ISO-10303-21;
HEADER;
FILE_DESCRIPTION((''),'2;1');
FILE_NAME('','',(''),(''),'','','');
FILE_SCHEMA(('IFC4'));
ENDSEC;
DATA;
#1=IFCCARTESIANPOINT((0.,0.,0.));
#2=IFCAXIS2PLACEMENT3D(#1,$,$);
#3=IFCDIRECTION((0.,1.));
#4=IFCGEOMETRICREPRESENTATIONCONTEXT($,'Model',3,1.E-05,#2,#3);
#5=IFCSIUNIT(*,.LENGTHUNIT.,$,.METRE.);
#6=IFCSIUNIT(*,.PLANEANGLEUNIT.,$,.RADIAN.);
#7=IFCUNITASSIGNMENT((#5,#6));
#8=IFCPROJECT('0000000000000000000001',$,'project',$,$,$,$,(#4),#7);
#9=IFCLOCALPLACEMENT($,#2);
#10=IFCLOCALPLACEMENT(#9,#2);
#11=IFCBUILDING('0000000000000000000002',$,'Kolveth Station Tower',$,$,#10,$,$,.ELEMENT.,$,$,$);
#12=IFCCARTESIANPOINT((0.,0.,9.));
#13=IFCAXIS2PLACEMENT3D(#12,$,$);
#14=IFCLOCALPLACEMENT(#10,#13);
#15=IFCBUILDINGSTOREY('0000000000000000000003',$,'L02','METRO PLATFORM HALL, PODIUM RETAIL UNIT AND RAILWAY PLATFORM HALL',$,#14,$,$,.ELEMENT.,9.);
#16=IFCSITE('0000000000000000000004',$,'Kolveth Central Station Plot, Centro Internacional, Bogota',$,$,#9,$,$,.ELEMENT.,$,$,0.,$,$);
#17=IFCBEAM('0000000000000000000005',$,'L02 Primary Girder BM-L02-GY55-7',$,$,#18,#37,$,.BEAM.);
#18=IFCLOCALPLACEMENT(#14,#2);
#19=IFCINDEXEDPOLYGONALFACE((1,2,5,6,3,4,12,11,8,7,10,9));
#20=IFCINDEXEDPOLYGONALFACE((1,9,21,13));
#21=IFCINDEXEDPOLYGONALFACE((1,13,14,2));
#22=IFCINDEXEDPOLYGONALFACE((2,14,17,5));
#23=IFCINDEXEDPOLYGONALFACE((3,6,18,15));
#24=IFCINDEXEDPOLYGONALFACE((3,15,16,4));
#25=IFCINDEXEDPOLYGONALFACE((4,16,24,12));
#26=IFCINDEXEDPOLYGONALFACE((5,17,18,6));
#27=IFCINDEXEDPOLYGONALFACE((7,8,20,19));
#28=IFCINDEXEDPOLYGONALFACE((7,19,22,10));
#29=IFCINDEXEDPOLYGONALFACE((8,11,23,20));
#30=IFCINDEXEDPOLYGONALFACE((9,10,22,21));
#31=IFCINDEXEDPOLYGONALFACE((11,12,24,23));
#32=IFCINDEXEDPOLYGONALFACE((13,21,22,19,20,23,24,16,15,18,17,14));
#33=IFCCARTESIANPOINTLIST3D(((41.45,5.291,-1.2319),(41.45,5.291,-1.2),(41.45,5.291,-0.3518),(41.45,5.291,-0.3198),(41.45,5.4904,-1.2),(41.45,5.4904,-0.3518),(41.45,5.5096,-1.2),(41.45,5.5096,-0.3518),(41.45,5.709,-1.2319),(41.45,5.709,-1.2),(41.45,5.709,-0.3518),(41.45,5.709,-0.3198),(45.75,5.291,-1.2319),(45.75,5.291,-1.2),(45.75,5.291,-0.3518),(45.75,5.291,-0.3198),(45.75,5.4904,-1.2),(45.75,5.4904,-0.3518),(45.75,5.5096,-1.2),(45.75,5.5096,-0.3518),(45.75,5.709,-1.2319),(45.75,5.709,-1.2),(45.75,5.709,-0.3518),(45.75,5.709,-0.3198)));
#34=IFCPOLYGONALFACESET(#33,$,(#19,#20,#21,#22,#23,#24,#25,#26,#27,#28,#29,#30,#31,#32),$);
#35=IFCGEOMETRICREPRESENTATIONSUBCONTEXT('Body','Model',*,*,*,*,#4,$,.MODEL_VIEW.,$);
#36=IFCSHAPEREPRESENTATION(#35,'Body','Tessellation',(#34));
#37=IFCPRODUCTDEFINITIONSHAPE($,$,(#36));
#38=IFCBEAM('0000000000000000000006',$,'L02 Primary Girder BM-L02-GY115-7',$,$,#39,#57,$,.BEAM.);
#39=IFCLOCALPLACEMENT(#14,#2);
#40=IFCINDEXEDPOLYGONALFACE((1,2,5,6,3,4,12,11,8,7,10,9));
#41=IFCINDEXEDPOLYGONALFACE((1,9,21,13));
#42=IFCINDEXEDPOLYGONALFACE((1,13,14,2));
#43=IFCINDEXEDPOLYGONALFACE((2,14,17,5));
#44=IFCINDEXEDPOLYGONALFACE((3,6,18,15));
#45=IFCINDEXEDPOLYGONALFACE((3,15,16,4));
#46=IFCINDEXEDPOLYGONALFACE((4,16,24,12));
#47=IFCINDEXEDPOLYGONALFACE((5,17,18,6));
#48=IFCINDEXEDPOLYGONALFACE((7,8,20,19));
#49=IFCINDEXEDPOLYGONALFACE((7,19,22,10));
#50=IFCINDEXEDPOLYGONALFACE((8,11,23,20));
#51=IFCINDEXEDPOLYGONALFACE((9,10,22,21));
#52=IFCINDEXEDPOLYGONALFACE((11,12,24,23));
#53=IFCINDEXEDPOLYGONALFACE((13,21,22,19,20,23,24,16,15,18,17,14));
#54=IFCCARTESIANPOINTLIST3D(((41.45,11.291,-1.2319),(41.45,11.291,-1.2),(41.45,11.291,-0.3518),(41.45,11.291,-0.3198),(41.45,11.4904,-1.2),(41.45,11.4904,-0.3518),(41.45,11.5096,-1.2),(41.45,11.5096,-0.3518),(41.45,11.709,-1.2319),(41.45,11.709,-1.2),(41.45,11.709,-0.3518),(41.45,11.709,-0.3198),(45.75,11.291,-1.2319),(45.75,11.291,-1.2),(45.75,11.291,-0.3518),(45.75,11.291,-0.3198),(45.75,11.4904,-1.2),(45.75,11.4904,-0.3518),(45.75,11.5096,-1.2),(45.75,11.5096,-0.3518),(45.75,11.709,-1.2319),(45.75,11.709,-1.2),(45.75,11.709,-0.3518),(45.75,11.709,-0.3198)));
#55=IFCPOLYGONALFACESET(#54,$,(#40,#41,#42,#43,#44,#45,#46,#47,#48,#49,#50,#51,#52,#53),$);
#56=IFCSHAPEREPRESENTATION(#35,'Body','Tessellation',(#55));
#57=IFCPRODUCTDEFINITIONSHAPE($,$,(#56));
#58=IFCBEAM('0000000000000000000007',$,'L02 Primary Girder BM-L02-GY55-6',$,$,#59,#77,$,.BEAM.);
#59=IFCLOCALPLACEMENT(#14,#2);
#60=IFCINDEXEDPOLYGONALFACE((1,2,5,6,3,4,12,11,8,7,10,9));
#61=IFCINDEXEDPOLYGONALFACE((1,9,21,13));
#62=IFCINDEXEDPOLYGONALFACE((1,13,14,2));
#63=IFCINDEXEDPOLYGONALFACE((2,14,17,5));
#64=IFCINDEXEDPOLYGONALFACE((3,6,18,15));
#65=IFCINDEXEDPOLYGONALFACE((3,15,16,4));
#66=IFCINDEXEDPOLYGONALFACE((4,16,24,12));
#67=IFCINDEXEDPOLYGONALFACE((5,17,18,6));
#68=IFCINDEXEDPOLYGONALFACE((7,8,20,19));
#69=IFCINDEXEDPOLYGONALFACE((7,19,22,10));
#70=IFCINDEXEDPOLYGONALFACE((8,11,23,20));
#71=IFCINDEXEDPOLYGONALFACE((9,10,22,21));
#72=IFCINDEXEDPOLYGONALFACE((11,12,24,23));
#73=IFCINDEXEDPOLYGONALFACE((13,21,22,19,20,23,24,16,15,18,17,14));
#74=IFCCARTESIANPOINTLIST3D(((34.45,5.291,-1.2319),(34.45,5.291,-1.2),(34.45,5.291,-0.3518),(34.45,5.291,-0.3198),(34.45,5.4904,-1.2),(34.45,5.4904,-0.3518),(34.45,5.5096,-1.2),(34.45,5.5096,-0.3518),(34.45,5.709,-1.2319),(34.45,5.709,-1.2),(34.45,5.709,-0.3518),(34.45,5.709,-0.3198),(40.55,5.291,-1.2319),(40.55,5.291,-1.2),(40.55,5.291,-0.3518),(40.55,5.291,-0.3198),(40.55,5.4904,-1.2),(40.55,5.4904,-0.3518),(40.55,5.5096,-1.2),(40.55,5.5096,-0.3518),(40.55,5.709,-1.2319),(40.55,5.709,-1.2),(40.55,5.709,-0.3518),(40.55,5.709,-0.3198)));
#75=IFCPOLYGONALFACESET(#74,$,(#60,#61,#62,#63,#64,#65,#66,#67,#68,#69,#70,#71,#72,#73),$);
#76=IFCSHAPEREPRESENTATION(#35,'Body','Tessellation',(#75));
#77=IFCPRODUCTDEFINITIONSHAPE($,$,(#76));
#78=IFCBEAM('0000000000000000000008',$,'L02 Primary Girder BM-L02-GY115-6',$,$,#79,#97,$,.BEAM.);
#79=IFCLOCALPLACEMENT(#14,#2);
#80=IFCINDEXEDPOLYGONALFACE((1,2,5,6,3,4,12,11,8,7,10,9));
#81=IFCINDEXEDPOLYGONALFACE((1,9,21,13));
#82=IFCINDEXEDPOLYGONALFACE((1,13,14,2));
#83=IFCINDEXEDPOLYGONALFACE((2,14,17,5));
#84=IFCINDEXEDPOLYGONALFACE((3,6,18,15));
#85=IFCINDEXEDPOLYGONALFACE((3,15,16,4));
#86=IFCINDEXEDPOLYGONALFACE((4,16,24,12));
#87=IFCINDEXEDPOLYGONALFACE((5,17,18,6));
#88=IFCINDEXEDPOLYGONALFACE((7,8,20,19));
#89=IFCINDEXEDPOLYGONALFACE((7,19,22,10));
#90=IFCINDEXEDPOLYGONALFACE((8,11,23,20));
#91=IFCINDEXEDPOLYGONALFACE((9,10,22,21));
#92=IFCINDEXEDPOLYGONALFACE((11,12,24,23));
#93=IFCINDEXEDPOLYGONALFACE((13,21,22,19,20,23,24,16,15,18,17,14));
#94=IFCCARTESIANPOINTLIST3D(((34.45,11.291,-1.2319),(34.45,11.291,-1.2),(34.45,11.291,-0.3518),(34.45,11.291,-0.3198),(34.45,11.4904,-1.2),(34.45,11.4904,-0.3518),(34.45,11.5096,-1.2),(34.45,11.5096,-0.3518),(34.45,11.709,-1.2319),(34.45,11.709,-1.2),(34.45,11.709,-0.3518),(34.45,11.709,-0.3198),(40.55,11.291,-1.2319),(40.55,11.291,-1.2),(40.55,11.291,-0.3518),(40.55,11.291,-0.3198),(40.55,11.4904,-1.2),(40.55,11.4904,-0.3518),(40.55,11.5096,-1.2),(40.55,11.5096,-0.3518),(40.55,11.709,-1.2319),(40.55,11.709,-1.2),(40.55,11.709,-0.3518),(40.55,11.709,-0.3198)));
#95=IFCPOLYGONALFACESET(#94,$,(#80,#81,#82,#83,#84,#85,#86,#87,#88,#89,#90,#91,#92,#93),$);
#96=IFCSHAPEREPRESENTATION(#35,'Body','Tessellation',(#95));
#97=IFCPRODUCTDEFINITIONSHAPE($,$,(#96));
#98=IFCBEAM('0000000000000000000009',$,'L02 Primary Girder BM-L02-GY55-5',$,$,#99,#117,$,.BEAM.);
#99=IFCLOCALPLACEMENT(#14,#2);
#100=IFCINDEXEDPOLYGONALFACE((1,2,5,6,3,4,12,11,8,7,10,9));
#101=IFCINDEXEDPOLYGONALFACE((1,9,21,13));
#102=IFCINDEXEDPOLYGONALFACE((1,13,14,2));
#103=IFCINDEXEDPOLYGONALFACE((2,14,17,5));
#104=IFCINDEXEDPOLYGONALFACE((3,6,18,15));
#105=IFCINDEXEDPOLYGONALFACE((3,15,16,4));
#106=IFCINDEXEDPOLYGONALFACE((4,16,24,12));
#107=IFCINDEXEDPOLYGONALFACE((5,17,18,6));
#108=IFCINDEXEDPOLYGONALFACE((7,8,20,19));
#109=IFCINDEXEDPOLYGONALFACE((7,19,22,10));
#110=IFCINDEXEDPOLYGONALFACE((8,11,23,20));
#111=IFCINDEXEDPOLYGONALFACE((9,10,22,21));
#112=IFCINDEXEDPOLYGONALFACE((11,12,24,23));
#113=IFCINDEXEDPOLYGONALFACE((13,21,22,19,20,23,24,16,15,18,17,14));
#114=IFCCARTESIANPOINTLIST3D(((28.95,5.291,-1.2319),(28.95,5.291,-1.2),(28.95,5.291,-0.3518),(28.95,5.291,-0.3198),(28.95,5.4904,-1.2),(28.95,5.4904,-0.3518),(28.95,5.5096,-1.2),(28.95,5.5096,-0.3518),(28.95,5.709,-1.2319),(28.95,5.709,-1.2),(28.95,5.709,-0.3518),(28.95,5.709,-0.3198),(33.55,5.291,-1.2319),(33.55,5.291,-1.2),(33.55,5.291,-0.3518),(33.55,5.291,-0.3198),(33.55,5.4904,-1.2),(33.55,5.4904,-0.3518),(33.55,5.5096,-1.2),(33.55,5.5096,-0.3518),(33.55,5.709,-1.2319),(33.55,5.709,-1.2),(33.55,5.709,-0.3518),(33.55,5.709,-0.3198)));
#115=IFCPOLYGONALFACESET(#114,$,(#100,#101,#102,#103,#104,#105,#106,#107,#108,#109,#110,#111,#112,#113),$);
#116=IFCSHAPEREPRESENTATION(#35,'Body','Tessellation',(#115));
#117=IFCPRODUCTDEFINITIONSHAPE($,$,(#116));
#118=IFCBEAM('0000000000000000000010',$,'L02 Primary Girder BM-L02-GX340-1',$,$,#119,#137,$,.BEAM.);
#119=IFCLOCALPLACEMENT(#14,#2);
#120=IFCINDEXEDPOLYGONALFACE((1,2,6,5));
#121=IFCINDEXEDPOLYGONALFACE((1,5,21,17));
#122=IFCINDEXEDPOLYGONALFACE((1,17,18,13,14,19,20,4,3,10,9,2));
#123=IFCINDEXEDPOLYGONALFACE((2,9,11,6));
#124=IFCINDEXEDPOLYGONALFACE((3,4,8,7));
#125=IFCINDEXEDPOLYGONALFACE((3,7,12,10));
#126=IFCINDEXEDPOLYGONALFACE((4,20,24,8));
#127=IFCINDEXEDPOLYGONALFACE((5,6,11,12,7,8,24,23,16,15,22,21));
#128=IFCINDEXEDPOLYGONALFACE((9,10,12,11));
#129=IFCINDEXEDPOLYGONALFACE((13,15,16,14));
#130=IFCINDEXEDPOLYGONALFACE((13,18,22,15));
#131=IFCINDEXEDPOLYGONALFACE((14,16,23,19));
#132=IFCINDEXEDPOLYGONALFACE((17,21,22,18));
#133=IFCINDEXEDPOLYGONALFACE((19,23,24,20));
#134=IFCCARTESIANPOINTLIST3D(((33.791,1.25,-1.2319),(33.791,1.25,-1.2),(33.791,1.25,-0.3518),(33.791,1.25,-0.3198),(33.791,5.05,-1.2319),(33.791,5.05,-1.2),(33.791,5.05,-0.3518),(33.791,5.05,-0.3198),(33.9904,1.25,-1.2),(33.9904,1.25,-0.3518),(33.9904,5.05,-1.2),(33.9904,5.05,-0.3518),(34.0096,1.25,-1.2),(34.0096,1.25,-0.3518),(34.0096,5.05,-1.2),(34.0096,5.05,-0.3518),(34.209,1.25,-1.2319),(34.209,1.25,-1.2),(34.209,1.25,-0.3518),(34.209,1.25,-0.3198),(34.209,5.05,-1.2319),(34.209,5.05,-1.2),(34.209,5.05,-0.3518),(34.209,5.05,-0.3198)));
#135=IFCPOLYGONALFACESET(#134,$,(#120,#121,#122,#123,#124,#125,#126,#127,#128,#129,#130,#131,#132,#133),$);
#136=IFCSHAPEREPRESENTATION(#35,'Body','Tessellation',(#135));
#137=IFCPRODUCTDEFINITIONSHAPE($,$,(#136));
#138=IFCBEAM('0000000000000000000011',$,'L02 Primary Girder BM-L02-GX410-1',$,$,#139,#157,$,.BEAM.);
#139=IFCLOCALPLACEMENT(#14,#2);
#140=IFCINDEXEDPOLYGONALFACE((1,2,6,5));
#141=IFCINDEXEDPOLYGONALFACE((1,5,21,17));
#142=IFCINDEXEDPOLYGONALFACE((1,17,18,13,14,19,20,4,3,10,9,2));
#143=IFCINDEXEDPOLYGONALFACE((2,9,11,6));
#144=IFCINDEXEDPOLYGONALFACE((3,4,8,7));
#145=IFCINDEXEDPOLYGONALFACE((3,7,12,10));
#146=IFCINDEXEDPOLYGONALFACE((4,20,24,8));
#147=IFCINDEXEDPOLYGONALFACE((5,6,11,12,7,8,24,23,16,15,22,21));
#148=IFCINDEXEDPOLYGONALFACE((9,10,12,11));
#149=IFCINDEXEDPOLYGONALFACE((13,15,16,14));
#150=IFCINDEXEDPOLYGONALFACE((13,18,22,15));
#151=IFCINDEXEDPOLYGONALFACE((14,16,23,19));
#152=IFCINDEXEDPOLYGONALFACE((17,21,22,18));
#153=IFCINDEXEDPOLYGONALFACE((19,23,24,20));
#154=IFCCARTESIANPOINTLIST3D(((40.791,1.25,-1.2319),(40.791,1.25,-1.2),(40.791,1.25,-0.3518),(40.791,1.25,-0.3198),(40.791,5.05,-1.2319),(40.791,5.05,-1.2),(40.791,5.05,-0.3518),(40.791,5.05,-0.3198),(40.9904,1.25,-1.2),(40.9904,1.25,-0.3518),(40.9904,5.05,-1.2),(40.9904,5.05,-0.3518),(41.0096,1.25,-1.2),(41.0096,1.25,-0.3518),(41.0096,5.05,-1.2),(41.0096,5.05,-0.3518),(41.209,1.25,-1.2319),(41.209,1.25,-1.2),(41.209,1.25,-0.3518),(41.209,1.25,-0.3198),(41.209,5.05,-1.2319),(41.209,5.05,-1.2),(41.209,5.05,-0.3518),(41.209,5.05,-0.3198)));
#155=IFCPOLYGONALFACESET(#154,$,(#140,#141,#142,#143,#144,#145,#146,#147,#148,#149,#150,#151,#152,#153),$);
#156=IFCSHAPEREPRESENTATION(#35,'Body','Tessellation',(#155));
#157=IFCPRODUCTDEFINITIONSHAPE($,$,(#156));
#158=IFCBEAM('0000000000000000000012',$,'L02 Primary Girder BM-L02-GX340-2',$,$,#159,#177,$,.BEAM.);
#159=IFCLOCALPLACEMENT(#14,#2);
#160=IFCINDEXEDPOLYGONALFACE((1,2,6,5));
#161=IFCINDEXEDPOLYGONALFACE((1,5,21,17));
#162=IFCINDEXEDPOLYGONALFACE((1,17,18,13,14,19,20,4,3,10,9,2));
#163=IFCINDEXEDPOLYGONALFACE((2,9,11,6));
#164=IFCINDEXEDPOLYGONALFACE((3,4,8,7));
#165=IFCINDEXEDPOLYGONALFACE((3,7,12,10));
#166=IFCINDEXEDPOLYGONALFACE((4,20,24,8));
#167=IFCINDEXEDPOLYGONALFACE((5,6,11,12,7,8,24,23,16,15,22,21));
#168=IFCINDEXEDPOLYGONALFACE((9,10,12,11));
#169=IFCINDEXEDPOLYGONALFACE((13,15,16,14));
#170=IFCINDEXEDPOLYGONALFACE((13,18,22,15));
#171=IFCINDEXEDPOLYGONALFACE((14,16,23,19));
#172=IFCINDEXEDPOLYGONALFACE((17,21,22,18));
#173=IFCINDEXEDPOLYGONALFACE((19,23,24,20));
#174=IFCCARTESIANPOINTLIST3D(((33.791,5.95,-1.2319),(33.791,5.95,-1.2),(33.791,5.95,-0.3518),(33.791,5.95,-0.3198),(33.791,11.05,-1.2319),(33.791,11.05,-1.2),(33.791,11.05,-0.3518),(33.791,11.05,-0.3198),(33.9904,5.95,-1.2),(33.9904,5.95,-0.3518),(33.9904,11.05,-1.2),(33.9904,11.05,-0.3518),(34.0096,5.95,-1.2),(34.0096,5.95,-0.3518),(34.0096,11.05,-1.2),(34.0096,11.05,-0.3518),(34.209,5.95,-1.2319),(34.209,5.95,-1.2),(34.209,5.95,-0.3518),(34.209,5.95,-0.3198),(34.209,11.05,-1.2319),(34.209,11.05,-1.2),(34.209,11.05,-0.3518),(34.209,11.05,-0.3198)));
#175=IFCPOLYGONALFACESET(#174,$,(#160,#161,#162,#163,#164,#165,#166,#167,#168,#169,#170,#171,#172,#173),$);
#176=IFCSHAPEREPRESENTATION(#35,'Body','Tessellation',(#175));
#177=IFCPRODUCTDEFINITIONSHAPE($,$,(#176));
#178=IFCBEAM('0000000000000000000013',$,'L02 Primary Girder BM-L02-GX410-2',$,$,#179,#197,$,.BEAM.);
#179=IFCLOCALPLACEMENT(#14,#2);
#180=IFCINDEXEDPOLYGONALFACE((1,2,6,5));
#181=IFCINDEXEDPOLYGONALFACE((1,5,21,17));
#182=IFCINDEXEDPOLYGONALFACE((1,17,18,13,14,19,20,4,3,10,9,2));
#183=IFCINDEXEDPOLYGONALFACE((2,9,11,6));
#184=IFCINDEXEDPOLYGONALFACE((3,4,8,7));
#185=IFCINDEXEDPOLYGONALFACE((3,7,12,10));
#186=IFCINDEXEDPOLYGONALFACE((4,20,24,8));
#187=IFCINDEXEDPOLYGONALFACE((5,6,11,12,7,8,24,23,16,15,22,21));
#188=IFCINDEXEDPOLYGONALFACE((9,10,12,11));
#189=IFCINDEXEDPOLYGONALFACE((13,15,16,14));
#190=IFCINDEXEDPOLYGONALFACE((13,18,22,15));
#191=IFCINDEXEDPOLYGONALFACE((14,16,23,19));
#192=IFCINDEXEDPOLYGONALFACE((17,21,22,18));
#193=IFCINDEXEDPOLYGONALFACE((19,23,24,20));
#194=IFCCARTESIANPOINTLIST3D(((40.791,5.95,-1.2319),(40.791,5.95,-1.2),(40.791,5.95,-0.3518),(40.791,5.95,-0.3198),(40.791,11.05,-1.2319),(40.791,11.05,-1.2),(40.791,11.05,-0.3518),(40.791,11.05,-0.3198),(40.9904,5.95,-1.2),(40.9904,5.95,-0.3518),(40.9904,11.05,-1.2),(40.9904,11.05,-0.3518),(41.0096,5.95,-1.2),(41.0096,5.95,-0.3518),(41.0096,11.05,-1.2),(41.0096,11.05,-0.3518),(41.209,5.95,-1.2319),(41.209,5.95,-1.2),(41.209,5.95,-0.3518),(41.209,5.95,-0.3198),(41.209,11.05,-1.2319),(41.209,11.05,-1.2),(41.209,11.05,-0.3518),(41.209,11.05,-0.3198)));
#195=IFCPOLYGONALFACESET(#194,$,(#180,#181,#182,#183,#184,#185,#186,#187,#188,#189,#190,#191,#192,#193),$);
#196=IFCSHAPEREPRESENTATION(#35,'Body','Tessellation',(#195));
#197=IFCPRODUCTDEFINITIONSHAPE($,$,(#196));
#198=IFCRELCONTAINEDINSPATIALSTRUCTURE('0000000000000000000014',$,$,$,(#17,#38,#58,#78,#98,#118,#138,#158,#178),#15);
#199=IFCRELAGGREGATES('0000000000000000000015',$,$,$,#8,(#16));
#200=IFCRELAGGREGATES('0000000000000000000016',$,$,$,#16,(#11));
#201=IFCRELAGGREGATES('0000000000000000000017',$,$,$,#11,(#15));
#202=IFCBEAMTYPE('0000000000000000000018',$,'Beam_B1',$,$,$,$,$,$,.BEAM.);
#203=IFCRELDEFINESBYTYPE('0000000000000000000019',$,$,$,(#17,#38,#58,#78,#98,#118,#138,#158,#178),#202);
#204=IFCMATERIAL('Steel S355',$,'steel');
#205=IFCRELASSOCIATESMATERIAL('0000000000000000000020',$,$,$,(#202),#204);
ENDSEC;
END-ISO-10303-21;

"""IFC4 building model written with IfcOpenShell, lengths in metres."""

from ifc_helpers import new_model, si_unit, direction, frame, origin, origin_2d, place, context, subcontext, project, spatial, i_section, extrude, source, transform, mapped, material, material_profile, profile_set, type_object, element, save


model = new_model("IFC4")

# Units and contexts
model_context = context("Model", 3, precision=1e-05, world=origin(), true_north=direction((0.0, 1.0)))
body_context = subcontext(model_context, "Body", "Model", "MODEL_VIEW")
ifc_project = project(units=[si_unit("LENGTHUNIT", "METRE"), si_unit("PLANEANGLEUNIT", "RADIAN")], contexts=[model_context])

# Site, building, storey
site_placement = place(None, origin())
site = spatial("IfcSite", under=ifc_project, at=site_placement, Name="Kolveth Central Station Plot, Centro Internacional, Bogota", CompositionType="ELEMENT", RefElevation=0.0)
building_placement = place(site_placement, origin())
building = spatial("IfcBuilding", under=site, at=building_placement, Name="Kolveth Station Tower", CompositionType="ELEMENT")
storey_placement = place(building_placement, frame((0.0, 0.0, 9.0)))
storey = spatial("IfcBuildingStorey", under=building, at=storey_placement, Name="L02", Description="METRO PLATFORM HALL, PODIUM RETAIL UNIT AND RAILWAY PLATFORM HALL", CompositionType="ELEMENT", Elevation=9.0)

# Beams
ifc_material_1 = material(Name="Steel S355", Category="steel")
ifc_material_profile_1 = material_profile(ifc_material_1, i_section(OverallWidth=0.418, OverallDepth=0.9121, WebThickness=0.0193, FlangeThickness=0.032, at=origin_2d()), Name="W920x342")
ifc_profile_set_1 = profile_set([ifc_material_profile_1], Name="Steel S355")
beam_type_1 = type_object("IfcBeamType", Name="Beam_B1", PredefinedType="BEAM", material=ifc_profile_set_1)
shared_shape_1 = source(origin(), body_context, "Body", "SweptSolid", [
    extrude(i_section(OverallWidth=0.418, OverallDepth=0.9121, WebThickness=0.0193, FlangeThickness=0.032, at=origin_2d()), origin(), (0.0, 0.0, 1.0), 4.3),
])
for number, where, z_axis, x_axis, name in (
    (1, (41.45, 5.5, -0.7759), (1.0, 0.0, 0.0), (0.0, 1.0, 0.0), "L02 Primary Girder BM-L02-GY55-7"),
    (2, (41.45, 11.5, -0.7759), (1.0, 0.0, 0.0), (0.0, 1.0, 0.0), "L02 Primary Girder BM-L02-GY115-7"),
):
    element("IfcBeam", number, at=place(storey_placement, frame(where, z_axis=z_axis, x_axis=x_axis)), inside=storey, type_object=beam_type_1, Name=name, PredefinedType="BEAM", context=body_context, shape_type="MappedRepresentation", body=[
        mapped(shared_shape_1, transform((0.0, 0.0, 0.0), x_axis=(1.0, 0.0, 0.0), y_axis=(0.0, 1.0, 0.0), z_axis=(0.0, 0.0, 1.0), scale=1.0)),
    ])
shared_shape_2 = source(origin(), body_context, "Body", "SweptSolid", [
    extrude(i_section(OverallWidth=0.418, OverallDepth=0.9121, WebThickness=0.0193, FlangeThickness=0.032, at=origin_2d()), origin(), (0.0, 0.0, 1.0), 6.1001),
])
for number, where, z_axis, x_axis, name in (
    (3, (34.45, 5.5, -0.7759), (1.0, 0.0, 0.0), (0.0, 1.0, 0.0), "L02 Primary Girder BM-L02-GY55-6"),
    (4, (34.45, 11.5, -0.7759), (1.0, 0.0, 0.0), (0.0, 1.0, 0.0), "L02 Primary Girder BM-L02-GY115-6"),
):
    element("IfcBeam", number, at=place(storey_placement, frame(where, z_axis=z_axis, x_axis=x_axis)), inside=storey, type_object=beam_type_1, Name=name, PredefinedType="BEAM", context=body_context, shape_type="MappedRepresentation", body=[
        mapped(shared_shape_2, transform((0.0, 0.0, 0.0), x_axis=(1.0, 0.0, 0.0), y_axis=(0.0, 1.0, 0.0), z_axis=(0.0, 0.0, 1.0), scale=1.0)),
    ])
shared_shape_3 = source(origin(), body_context, "Body", "SweptSolid", [
    extrude(i_section(OverallWidth=0.418, OverallDepth=0.9121, WebThickness=0.0193, FlangeThickness=0.032, at=origin_2d()), origin(), (0.0, 0.0, 1.0), 4.6001),
])
beam_1_placement = place(storey_placement, frame((28.95, 5.5, -0.7759), z_axis=(1.0, 0.0, 0.0), x_axis=(0.0, 1.0, 0.0)))
element("IfcBeam", 5, at=beam_1_placement, inside=storey, type_object=beam_type_1, Name="L02 Primary Girder BM-L02-GY55-5", PredefinedType="BEAM", context=body_context, shape_type="MappedRepresentation", body=[
    mapped(shared_shape_3, transform((0.0, 0.0, 0.0), x_axis=(1.0, 0.0, 0.0), y_axis=(0.0, 1.0, 0.0), z_axis=(0.0, 0.0, 1.0), scale=1.0)),
])
shared_shape_4 = source(origin(), body_context, "Body", "SweptSolid", [
    extrude(i_section(OverallWidth=0.418, OverallDepth=0.9121, WebThickness=0.0193, FlangeThickness=0.032, at=origin_2d()), origin(), (0.0, 0.0, 1.0), 3.8),
])
for number, where, z_axis, x_axis, name in (
    (6, (34.0, 1.25, -0.7759), (0.0, 1.0, 0.0), (-1.0, 0.0, 0.0), "L02 Primary Girder BM-L02-GX340-1"),
    (7, (41.0, 1.25, -0.7759), (0.0, 1.0, 0.0), (-1.0, 0.0, 0.0), "L02 Primary Girder BM-L02-GX410-1"),
):
    element("IfcBeam", number, at=place(storey_placement, frame(where, z_axis=z_axis, x_axis=x_axis)), inside=storey, type_object=beam_type_1, Name=name, PredefinedType="BEAM", context=body_context, shape_type="MappedRepresentation", body=[
        mapped(shared_shape_4, transform((0.0, 0.0, 0.0), x_axis=(1.0, 0.0, 0.0), y_axis=(0.0, 1.0, 0.0), z_axis=(0.0, 0.0, 1.0), scale=1.0)),
    ])
shared_shape_5 = source(origin(), body_context, "Body", "SweptSolid", [
    extrude(i_section(OverallWidth=0.418, OverallDepth=0.9121, WebThickness=0.0193, FlangeThickness=0.032, at=origin_2d()), origin(), (0.0, 0.0, 1.0), 5.1001),
])
for number, where, z_axis, x_axis, name in (
    (8, (34.0, 5.95, -0.7759), (0.0, 1.0, 0.0), (-1.0, 0.0, 0.0), "L02 Primary Girder BM-L02-GX340-2"),
    (9, (41.0, 5.95, -0.7759), (0.0, 1.0, 0.0), (-1.0, 0.0, 0.0), "L02 Primary Girder BM-L02-GX410-2"),
):
    element("IfcBeam", number, at=place(storey_placement, frame(where, z_axis=z_axis, x_axis=x_axis)), inside=storey, type_object=beam_type_1, Name=name, PredefinedType="BEAM", context=body_context, shape_type="MappedRepresentation", body=[
        mapped(shared_shape_5, transform((0.0, 0.0, 0.0), x_axis=(1.0, 0.0, 0.0), y_axis=(0.0, 1.0, 0.0), z_axis=(0.0, 0.0, 1.0), scale=1.0)),
    ])

save(model, "model.ifc")
